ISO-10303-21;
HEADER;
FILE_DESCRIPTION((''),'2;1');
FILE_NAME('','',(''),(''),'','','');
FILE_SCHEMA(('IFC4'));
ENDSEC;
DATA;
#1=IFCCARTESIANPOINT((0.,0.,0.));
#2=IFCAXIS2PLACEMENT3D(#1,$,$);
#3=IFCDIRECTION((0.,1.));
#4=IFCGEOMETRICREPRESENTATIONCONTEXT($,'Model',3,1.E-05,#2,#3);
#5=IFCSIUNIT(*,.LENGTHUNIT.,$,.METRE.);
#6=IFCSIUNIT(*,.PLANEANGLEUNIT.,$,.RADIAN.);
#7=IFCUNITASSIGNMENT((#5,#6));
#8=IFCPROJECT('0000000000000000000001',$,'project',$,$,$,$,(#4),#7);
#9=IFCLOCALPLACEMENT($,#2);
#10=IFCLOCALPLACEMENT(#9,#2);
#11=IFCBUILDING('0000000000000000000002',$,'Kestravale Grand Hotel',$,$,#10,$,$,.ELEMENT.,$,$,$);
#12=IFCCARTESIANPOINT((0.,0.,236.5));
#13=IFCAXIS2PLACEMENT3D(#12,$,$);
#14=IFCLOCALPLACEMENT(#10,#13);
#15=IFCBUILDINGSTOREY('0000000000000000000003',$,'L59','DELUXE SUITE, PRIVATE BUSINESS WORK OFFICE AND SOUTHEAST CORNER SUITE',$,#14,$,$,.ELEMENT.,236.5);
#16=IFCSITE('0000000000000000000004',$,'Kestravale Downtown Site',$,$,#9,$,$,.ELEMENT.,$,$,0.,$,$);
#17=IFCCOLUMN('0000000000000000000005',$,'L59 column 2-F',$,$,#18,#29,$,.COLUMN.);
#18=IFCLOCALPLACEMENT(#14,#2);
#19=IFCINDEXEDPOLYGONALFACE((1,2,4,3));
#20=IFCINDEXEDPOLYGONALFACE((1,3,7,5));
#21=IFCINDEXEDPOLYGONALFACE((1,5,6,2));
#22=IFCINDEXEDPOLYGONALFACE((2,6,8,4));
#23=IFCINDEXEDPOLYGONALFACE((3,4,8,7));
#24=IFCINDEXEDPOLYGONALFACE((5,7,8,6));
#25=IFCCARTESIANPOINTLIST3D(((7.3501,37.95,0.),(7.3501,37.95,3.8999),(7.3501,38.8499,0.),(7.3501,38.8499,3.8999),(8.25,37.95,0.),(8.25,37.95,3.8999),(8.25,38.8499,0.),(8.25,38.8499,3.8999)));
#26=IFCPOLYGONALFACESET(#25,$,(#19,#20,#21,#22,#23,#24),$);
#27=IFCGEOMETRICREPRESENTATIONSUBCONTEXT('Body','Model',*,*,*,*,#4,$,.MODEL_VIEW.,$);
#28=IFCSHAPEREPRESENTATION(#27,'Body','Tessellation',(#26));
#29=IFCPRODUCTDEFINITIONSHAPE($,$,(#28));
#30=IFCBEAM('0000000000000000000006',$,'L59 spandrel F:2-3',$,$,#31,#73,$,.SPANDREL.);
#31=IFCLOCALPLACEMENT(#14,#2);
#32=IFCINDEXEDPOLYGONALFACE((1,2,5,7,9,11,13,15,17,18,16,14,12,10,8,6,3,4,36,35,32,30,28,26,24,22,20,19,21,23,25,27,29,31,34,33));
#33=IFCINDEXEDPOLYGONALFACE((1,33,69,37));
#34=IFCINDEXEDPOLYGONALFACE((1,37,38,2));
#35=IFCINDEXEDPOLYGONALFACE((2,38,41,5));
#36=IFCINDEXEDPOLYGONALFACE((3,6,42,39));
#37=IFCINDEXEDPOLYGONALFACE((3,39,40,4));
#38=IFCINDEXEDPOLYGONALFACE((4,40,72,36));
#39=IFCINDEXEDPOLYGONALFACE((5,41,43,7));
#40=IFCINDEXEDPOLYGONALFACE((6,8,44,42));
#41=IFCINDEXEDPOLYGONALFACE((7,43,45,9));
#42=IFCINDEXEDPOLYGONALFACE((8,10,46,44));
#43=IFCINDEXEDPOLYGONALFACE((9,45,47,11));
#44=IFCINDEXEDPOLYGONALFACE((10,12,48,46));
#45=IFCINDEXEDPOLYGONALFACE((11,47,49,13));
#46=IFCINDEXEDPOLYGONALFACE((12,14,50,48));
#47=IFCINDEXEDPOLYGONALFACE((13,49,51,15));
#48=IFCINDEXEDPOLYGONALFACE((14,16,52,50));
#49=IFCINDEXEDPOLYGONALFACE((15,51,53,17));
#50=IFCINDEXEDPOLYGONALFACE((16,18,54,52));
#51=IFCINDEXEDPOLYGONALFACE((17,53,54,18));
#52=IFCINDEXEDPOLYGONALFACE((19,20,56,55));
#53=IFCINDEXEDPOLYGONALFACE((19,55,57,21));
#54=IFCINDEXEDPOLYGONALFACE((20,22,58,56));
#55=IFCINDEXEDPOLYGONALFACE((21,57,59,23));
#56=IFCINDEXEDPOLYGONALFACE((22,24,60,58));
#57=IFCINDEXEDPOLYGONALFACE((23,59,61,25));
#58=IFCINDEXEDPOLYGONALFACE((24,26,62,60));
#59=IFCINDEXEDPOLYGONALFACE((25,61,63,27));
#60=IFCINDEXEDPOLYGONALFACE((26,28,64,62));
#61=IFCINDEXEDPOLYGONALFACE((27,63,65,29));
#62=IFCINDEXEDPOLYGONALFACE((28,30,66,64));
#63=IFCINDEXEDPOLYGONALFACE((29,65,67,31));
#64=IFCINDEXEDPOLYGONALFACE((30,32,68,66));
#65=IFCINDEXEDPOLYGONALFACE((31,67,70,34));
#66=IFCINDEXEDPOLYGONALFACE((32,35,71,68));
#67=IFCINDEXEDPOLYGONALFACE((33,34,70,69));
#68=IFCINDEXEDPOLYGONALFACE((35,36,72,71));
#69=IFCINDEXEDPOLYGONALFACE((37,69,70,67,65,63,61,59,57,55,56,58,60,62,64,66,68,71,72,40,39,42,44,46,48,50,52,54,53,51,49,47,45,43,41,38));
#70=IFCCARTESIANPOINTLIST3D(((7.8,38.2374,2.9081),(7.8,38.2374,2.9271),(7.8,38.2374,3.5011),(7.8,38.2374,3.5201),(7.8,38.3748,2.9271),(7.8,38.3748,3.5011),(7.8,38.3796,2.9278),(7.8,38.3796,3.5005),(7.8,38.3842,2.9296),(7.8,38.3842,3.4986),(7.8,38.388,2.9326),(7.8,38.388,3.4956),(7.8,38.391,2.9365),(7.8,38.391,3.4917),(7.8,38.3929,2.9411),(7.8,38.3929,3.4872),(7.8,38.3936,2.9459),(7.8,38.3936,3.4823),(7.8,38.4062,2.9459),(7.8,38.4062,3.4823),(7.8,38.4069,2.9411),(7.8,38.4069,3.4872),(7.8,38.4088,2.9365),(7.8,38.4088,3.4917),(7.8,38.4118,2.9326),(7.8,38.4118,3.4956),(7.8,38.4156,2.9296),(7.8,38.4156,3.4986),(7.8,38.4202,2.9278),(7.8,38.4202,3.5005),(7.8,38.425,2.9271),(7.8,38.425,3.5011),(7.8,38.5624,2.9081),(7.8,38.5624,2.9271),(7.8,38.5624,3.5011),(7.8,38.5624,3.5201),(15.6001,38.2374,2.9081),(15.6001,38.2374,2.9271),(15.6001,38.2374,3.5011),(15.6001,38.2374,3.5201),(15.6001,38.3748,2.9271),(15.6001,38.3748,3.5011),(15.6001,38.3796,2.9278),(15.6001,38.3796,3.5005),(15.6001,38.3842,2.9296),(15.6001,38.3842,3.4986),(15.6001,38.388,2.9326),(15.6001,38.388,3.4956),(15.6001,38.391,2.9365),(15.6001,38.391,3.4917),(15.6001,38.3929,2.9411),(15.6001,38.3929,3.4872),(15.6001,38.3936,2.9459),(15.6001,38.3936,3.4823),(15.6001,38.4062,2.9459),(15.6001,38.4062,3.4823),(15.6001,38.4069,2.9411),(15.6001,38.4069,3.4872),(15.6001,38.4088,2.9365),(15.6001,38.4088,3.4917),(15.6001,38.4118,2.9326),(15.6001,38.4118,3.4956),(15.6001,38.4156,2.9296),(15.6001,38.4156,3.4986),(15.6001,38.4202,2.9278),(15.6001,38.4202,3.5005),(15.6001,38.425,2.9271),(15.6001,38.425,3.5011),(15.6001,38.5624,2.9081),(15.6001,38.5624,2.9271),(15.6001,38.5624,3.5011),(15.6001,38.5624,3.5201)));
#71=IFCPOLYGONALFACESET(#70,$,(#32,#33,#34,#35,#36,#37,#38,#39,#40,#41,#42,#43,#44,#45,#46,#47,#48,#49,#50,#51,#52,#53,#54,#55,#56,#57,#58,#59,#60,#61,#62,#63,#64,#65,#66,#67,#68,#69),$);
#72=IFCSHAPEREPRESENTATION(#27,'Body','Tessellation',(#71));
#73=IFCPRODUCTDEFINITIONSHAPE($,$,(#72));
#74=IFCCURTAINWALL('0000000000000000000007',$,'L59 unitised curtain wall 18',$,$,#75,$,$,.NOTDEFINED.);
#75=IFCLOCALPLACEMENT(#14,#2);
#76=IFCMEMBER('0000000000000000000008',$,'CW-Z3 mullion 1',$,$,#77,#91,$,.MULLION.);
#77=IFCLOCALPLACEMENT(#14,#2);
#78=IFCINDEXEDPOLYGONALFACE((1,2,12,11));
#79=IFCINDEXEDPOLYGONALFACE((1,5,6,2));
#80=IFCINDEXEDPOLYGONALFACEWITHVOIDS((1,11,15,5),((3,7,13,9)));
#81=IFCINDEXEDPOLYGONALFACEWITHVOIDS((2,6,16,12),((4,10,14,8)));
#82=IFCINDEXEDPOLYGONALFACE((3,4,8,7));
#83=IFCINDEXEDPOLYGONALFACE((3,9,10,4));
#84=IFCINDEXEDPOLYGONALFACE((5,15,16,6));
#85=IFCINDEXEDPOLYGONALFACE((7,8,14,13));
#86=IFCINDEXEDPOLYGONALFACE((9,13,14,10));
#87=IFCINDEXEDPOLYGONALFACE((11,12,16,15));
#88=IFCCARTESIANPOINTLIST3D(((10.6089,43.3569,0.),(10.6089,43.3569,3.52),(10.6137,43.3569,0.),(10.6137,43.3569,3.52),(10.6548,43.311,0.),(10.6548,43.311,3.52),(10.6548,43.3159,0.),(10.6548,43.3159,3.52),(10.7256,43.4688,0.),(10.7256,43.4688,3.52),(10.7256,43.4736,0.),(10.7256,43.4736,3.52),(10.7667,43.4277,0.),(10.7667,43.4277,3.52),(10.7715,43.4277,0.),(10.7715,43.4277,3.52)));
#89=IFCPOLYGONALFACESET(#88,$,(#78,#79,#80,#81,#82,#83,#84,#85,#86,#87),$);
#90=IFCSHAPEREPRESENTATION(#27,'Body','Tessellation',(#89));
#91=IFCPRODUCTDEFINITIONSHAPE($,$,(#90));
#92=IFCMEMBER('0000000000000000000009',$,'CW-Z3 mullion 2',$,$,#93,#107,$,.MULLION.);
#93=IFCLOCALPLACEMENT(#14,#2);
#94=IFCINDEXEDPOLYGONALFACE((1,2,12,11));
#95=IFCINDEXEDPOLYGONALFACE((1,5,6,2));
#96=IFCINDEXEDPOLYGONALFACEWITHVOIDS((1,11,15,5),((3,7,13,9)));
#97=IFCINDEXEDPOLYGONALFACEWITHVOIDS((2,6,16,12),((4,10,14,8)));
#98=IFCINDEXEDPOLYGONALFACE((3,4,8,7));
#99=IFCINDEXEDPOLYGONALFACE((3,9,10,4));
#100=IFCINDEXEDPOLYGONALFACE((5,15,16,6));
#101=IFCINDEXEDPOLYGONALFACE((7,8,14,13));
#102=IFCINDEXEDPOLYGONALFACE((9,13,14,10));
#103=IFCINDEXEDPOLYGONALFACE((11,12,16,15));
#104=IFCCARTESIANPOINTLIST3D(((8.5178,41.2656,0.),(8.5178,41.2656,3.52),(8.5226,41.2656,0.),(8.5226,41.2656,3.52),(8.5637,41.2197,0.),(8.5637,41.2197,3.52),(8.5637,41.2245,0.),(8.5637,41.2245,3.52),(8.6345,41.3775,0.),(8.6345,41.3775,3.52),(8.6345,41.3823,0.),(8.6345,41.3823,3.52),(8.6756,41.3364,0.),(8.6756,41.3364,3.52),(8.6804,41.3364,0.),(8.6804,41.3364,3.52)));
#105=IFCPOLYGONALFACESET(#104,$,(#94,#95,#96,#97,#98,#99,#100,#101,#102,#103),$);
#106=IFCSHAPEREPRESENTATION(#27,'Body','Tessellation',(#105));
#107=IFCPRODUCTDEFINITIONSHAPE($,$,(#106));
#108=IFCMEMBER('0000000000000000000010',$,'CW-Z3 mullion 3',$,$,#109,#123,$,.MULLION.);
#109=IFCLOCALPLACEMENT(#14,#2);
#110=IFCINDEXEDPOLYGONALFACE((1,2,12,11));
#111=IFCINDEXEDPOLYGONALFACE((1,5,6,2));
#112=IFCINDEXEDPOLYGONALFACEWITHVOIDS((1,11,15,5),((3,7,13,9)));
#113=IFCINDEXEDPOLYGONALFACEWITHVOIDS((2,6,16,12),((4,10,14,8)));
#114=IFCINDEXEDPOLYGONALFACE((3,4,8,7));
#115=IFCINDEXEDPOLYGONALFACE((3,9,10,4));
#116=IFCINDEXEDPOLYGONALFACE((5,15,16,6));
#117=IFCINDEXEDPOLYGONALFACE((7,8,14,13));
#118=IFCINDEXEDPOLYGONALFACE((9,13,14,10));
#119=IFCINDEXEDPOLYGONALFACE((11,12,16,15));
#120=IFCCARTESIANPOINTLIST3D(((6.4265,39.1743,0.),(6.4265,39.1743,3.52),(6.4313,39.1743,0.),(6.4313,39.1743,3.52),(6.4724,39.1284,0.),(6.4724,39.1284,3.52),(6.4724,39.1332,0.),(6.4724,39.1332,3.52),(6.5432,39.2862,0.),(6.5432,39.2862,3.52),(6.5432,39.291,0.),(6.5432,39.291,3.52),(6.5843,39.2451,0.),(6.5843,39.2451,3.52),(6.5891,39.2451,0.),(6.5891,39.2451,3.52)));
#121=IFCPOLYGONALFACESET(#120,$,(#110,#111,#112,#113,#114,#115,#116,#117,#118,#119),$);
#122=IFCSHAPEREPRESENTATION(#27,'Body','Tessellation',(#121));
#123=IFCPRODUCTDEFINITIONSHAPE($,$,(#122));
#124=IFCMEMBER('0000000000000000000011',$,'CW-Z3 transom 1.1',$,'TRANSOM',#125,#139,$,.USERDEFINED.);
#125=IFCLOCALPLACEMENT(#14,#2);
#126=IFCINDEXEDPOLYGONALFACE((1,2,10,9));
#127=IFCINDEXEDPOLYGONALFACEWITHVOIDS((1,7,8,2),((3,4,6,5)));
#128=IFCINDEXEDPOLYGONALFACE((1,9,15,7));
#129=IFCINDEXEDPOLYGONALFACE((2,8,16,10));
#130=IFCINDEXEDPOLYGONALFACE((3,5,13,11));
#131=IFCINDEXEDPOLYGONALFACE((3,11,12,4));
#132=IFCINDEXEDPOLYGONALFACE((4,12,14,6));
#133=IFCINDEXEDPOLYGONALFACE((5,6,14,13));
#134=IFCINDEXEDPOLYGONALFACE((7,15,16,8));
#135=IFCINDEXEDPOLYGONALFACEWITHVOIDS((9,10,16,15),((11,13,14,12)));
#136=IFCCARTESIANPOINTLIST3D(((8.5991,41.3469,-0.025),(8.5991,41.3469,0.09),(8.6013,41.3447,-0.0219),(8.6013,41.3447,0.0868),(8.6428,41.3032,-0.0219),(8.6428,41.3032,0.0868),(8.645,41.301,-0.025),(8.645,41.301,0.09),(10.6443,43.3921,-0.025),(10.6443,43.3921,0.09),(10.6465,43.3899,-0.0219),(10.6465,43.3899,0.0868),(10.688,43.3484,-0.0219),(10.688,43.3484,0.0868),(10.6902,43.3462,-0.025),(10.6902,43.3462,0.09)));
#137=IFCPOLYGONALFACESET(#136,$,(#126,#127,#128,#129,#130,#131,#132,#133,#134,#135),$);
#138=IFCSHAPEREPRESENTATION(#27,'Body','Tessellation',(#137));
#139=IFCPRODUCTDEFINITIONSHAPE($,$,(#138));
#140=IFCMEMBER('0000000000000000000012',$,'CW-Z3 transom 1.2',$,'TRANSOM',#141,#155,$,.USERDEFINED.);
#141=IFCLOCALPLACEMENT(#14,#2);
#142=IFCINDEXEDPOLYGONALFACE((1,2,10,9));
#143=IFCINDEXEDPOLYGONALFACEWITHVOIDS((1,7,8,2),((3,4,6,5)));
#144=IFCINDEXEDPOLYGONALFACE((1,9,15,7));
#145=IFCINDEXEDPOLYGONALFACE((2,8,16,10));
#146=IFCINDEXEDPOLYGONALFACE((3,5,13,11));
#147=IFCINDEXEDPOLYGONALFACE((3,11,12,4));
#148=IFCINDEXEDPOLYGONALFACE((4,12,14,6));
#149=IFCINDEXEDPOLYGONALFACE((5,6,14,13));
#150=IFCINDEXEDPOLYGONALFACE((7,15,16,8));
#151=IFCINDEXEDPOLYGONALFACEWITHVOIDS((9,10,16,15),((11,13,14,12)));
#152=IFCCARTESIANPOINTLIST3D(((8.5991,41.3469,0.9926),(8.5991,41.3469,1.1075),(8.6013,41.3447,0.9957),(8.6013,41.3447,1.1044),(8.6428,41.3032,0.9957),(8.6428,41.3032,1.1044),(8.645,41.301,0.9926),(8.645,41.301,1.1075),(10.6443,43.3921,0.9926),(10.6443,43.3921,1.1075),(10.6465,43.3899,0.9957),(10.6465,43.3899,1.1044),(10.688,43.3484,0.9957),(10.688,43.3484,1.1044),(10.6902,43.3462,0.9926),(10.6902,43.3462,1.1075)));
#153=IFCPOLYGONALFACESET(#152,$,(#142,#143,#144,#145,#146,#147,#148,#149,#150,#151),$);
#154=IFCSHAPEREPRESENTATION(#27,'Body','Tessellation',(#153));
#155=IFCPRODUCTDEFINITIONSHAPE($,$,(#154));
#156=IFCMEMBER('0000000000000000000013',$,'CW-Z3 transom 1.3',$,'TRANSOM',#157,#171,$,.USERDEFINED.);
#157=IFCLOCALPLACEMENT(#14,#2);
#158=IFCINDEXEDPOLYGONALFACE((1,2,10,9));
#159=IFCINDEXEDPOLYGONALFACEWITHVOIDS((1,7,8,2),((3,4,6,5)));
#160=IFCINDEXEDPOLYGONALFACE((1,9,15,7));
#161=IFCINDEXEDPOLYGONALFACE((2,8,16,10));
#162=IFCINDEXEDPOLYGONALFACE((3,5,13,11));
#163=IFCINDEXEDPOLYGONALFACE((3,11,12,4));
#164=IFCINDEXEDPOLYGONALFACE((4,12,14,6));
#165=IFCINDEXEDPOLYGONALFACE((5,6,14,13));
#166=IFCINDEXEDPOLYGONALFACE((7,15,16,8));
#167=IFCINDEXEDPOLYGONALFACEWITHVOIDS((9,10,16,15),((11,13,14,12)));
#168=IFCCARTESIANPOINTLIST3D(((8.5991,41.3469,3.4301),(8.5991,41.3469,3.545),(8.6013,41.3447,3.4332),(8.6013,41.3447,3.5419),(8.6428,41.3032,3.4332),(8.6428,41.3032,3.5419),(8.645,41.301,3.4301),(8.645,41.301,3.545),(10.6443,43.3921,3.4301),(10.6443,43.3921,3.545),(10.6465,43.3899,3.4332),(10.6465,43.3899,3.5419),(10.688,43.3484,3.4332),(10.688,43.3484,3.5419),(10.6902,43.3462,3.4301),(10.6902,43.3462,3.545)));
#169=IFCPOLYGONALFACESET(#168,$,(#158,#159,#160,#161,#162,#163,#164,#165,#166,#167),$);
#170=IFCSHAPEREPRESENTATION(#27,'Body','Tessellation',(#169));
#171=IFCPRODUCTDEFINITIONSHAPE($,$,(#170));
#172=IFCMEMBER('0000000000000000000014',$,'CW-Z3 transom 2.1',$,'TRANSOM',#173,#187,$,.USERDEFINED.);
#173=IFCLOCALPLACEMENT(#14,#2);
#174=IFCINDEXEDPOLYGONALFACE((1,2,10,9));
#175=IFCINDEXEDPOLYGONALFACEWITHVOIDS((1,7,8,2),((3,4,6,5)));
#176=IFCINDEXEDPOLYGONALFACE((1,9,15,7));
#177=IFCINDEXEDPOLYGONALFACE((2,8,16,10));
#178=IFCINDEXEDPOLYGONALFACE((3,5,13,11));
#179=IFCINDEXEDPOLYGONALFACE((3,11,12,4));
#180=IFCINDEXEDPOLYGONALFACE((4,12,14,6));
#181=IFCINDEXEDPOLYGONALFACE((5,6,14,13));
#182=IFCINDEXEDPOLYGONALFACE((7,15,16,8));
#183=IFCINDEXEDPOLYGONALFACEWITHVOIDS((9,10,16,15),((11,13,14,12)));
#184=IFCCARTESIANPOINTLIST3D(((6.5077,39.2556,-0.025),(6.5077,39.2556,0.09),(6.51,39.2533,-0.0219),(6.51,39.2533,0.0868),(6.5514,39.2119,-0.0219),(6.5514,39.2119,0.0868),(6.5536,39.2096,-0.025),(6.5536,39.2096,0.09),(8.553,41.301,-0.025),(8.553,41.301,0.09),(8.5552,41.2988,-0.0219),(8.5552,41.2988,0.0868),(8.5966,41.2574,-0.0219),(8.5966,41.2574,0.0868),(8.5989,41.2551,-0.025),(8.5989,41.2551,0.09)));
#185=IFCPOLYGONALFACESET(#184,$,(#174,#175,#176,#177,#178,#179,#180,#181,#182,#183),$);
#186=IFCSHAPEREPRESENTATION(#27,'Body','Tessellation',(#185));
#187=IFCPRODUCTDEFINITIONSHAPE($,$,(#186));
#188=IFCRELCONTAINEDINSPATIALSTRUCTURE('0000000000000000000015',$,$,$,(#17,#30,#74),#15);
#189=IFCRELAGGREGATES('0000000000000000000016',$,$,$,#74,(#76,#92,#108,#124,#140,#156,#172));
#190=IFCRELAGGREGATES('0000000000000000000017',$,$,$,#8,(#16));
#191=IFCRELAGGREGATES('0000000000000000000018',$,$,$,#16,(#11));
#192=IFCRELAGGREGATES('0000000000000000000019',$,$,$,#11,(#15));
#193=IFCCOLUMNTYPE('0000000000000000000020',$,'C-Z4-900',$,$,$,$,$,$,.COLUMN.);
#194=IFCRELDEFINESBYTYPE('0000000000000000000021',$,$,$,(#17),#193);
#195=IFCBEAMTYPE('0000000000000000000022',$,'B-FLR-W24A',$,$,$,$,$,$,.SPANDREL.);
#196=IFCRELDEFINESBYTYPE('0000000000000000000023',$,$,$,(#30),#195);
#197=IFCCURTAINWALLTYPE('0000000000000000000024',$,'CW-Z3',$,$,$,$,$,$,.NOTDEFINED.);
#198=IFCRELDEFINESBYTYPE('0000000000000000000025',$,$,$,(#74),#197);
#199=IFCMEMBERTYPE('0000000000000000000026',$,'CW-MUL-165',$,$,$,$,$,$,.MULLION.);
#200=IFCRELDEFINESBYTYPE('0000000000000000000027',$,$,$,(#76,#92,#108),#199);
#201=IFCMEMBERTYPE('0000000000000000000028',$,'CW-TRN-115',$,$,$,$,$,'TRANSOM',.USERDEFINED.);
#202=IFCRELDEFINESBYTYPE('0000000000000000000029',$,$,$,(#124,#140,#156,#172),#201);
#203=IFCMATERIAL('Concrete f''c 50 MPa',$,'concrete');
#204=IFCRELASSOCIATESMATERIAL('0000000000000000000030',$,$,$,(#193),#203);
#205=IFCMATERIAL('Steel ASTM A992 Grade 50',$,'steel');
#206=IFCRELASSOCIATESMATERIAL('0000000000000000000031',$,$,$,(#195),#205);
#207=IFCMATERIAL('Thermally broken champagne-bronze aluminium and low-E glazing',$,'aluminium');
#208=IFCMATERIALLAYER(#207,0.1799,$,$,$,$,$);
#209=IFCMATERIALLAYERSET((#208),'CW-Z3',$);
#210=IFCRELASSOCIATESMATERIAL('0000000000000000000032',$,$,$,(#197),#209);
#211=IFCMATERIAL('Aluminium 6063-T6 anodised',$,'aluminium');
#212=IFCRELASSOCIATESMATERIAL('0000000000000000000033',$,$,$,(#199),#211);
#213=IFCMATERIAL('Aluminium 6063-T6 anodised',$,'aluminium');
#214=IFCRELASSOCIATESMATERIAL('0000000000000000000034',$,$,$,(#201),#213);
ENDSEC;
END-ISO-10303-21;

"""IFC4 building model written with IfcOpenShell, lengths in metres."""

from ifc_helpers import new_model, si_unit, direction, frame, origin, origin_2d, place, context, subcontext, project, spatial, rectangle, hollow_rectangle, i_section, extrude, material, layer, layer_set, material_profile, profile_set, type_object, element, aggregate, save


model = new_model("IFC4")

# Units and contexts
model_context = context("Model", 3, precision=1e-05, world=origin(), true_north=direction((0.0, 1.0)))
body_context = subcontext(model_context, "Body", "Model", "MODEL_VIEW")
ifc_project = project(units=[si_unit("LENGTHUNIT", "METRE"), si_unit("PLANEANGLEUNIT", "RADIAN")], contexts=[model_context])

# Site, building, storey
site_placement = place(None, origin())
site = spatial("IfcSite", under=ifc_project, at=site_placement, Name="Kestravale Downtown Site", CompositionType="ELEMENT", RefElevation=0.0)
building_placement = place(site_placement, origin())
building = spatial("IfcBuilding", under=site, at=building_placement, Name="Kestravale Grand Hotel", CompositionType="ELEMENT")
storey_placement = place(building_placement, frame((0.0, 0.0, 236.5)))
storey = spatial("IfcBuildingStorey", under=building, at=storey_placement, Name="L59", Description="DELUXE SUITE, PRIVATE BUSINESS WORK OFFICE AND SOUTHEAST CORNER SUITE", CompositionType="ELEMENT", Elevation=236.5)

# Column
ifc_material_1 = material(Name="Concrete f'c 50 MPa", Category="concrete")
ifc_material_profile_1 = material_profile(ifc_material_1, rectangle(XDim=0.8999, YDim=0.8999, at=origin_2d()))
ifc_profile_set_1 = profile_set([ifc_material_profile_1], Name="Concrete f'c 50 MPa")
column_type = type_object("IfcColumnType", Name="C-Z4-900", PredefinedType="COLUMN", material=ifc_profile_set_1)
column_placement = place(storey_placement, frame((7.8, 38.3999, 0.0), z_axis=(0.0, 0.0, 1.0), x_axis=(1.0, 0.0, 0.0)))
element("IfcColumn", 1, at=column_placement, inside=storey, type_object=column_type, Name="L59 column 2-F", PredefinedType="COLUMN", context=body_context, shape_type="SweptSolid", body=[
    extrude(rectangle(XDim=0.8999, YDim=0.8999, at=origin_2d()), origin(), (0.0, 0.0, 1.0), 3.8999),
])

# Beam
ifc_material_2 = material(Name="Steel ASTM A992 Grade 50", Category="steel")
ifc_material_profile_2 = material_profile(ifc_material_2, i_section(OverallWidth=0.325, OverallDepth=0.6121, WebThickness=0.0127, FlangeThickness=0.019, FilletRadius=0.0188, at=origin_2d()))
ifc_profile_set_2 = profile_set([ifc_material_profile_2], Name="Steel ASTM A992 Grade 50")
beam_type = type_object("IfcBeamType", Name="B-FLR-W24A", PredefinedType="SPANDREL", material=ifc_profile_set_2)
beam_placement = place(storey_placement, frame((7.8, 38.3999, 3.2141), z_axis=(1.0, 0.0, 0.0), x_axis=(0.0, 1.0, 0.0)))
element("IfcBeam", 2, at=beam_placement, inside=storey, type_object=beam_type, Name="L59 spandrel F:2-3", PredefinedType="SPANDREL", context=body_context, shape_type="SweptSolid", body=[
    extrude(i_section(OverallWidth=0.325, OverallDepth=0.6121, WebThickness=0.0127, FlangeThickness=0.019, FilletRadius=0.0188, at=origin_2d()), origin(), (0.0, 0.0, 1.0), 7.8),
])

# Curtain wall, members
ifc_material_3 = material(Name="Thermally broken champagne-bronze aluminium and low-E glazing", Category="aluminium")
ifc_layer_1 = layer(ifc_material_3, 0.1799)
ifc_layer_set_1 = layer_set([ifc_layer_1], Name="CW-Z3")
curtain_wall_type = type_object("IfcCurtainWallType", Name="CW-Z3", PredefinedType="NOTDEFINED", material=ifc_layer_set_1)
curtain_wall_placement = place(storey_placement, origin())
curtain_wall = element("IfcCurtainWall", 3, at=curtain_wall_placement, inside=storey, type_object=curtain_wall_type, Name="L59 unitised curtain wall 18", PredefinedType="NOTDEFINED")
ifc_material_4 = material(Name="Aluminium 6063-T6 anodised", Category="aluminium")
ifc_material_profile_3 = material_profile(ifc_material_4, hollow_rectangle(XDim=0.0649, YDim=0.165, WallThickness=0.0034, at=origin_2d()))
ifc_profile_set_3 = profile_set([ifc_material_profile_3], Name="Aluminium 6063-T6 anodised")
member_type_1 = type_object("IfcMemberType", Name="CW-MUL-165", PredefinedType="MULLION", material=ifc_profile_set_3)
member_1_placement = place(storey_placement, frame((10.6902, 43.3923, 0.0), z_axis=(0.0, 0.0, 1.0), x_axis=(0.707107, -0.707107, 0.0)))
member_1 = element("IfcMember", 4, at=member_1_placement, type_object=member_type_1, Name="CW-Z3 mullion 1", PredefinedType="MULLION", context=body_context, shape_type="SweptSolid", body=[
    extrude(hollow_rectangle(XDim=0.0649, YDim=0.165, WallThickness=0.0034, at=origin_2d()), origin(), (0.0, 0.0, 1.0), 3.52),
])
member_2_placement = place(storey_placement, frame((8.5991, 41.301, 0.0), z_axis=(0.0, 0.0, 1.0), x_axis=(0.707107, -0.707107, 0.0)))
member_2 = element("IfcMember", 5, at=member_2_placement, type_object=member_type_1, Name="CW-Z3 mullion 2", PredefinedType="MULLION", context=body_context, shape_type="SweptSolid", body=[
    extrude(hollow_rectangle(XDim=0.0649, YDim=0.165, WallThickness=0.0034, at=origin_2d()), origin(), (0.0, 0.0, 1.0), 3.52),
])
member_3_placement = place(storey_placement, frame((6.5078, 39.2097, 0.0), z_axis=(0.0, 0.0, 1.0), x_axis=(0.707107, -0.707107, 0.0)))
member_3 = element("IfcMember", 6, at=member_3_placement, type_object=member_type_1, Name="CW-Z3 mullion 3", PredefinedType="MULLION", context=body_context, shape_type="SweptSolid", body=[
    extrude(hollow_rectangle(XDim=0.0649, YDim=0.165, WallThickness=0.0034, at=origin_2d()), origin(), (0.0, 0.0, 1.0), 3.52),
])
ifc_material_5 = material(Name="Aluminium 6063-T6 anodised", Category="aluminium")
ifc_material_profile_4 = material_profile(ifc_material_5, hollow_rectangle(XDim=0.0649, YDim=0.115, WallThickness=0.0032, at=origin_2d()))
ifc_profile_set_4 = profile_set([ifc_material_profile_4], Name="Aluminium 6063-T6 anodised")
member_type_2 = type_object("IfcMemberType", Name="CW-TRN-115", ElementType="TRANSOM", PredefinedType="USERDEFINED", material=ifc_profile_set_4)
member_4_placement = place(storey_placement, frame((10.6672, 43.3691, 0.0325), z_axis=(-0.707107, -0.707107, 0.0), x_axis=(0.707107, -0.707107, 0.0)))
member_4 = element("IfcMember", 7, at=member_4_placement, type_object=member_type_2, Name="CW-Z3 transom 1.1", ObjectType="TRANSOM", PredefinedType="USERDEFINED", context=body_context, shape_type="SweptSolid", body=[
    extrude(hollow_rectangle(XDim=0.0649, YDim=0.115, WallThickness=0.0032, at=origin_2d()), origin(), (0.0, 0.0, 1.0), 2.8923),
])
member_5_placement = place(storey_placement, frame((10.6672, 43.3691, 1.05), z_axis=(-0.707107, -0.707107, 0.0), x_axis=(0.707107, -0.707107, 0.0)))
member_5 = element("IfcMember", 8, at=member_5_placement, type_object=member_type_2, Name="CW-Z3 transom 1.2", ObjectType="TRANSOM", PredefinedType="USERDEFINED", context=body_context, shape_type="SweptSolid", body=[
    extrude(hollow_rectangle(XDim=0.0649, YDim=0.115, WallThickness=0.0032, at=origin_2d()), origin(), (0.0, 0.0, 1.0), 2.8923),
])
member_6_placement = place(storey_placement, frame((10.6672, 43.3691, 3.4875), z_axis=(-0.707107, -0.707107, 0.0), x_axis=(0.707107, -0.707107, 0.0)))
member_6 = element("IfcMember", 9, at=member_6_placement, type_object=member_type_2, Name="CW-Z3 transom 1.3", ObjectType="TRANSOM", PredefinedType="USERDEFINED", context=body_context, shape_type="SweptSolid", body=[
    extrude(hollow_rectangle(XDim=0.0649, YDim=0.115, WallThickness=0.0032, at=origin_2d()), origin(), (0.0, 0.0, 1.0), 2.8923),
])
member_7_placement = place(storey_placement, frame((8.5759, 41.2781, 0.0325), z_axis=(-0.707065, -0.707149, 0.0), x_axis=(0.707149, -0.707065, 0.0)))
member_7 = element("IfcMember", 10, at=member_7_placement, type_object=member_type_2, Name="CW-Z3 transom 2.1", ObjectType="TRANSOM", PredefinedType="USERDEFINED", context=body_context, shape_type="SweptSolid", body=[
    extrude(hollow_rectangle(XDim=0.0649, YDim=0.115, WallThickness=0.0032, at=origin_2d()), origin(), (0.0, 0.0, 1.0), 2.8926),
])
aggregate(curtain_wall, [member_1, member_2, member_3, member_4, member_5, member_6, member_7])

save(model, "model.ifc")
